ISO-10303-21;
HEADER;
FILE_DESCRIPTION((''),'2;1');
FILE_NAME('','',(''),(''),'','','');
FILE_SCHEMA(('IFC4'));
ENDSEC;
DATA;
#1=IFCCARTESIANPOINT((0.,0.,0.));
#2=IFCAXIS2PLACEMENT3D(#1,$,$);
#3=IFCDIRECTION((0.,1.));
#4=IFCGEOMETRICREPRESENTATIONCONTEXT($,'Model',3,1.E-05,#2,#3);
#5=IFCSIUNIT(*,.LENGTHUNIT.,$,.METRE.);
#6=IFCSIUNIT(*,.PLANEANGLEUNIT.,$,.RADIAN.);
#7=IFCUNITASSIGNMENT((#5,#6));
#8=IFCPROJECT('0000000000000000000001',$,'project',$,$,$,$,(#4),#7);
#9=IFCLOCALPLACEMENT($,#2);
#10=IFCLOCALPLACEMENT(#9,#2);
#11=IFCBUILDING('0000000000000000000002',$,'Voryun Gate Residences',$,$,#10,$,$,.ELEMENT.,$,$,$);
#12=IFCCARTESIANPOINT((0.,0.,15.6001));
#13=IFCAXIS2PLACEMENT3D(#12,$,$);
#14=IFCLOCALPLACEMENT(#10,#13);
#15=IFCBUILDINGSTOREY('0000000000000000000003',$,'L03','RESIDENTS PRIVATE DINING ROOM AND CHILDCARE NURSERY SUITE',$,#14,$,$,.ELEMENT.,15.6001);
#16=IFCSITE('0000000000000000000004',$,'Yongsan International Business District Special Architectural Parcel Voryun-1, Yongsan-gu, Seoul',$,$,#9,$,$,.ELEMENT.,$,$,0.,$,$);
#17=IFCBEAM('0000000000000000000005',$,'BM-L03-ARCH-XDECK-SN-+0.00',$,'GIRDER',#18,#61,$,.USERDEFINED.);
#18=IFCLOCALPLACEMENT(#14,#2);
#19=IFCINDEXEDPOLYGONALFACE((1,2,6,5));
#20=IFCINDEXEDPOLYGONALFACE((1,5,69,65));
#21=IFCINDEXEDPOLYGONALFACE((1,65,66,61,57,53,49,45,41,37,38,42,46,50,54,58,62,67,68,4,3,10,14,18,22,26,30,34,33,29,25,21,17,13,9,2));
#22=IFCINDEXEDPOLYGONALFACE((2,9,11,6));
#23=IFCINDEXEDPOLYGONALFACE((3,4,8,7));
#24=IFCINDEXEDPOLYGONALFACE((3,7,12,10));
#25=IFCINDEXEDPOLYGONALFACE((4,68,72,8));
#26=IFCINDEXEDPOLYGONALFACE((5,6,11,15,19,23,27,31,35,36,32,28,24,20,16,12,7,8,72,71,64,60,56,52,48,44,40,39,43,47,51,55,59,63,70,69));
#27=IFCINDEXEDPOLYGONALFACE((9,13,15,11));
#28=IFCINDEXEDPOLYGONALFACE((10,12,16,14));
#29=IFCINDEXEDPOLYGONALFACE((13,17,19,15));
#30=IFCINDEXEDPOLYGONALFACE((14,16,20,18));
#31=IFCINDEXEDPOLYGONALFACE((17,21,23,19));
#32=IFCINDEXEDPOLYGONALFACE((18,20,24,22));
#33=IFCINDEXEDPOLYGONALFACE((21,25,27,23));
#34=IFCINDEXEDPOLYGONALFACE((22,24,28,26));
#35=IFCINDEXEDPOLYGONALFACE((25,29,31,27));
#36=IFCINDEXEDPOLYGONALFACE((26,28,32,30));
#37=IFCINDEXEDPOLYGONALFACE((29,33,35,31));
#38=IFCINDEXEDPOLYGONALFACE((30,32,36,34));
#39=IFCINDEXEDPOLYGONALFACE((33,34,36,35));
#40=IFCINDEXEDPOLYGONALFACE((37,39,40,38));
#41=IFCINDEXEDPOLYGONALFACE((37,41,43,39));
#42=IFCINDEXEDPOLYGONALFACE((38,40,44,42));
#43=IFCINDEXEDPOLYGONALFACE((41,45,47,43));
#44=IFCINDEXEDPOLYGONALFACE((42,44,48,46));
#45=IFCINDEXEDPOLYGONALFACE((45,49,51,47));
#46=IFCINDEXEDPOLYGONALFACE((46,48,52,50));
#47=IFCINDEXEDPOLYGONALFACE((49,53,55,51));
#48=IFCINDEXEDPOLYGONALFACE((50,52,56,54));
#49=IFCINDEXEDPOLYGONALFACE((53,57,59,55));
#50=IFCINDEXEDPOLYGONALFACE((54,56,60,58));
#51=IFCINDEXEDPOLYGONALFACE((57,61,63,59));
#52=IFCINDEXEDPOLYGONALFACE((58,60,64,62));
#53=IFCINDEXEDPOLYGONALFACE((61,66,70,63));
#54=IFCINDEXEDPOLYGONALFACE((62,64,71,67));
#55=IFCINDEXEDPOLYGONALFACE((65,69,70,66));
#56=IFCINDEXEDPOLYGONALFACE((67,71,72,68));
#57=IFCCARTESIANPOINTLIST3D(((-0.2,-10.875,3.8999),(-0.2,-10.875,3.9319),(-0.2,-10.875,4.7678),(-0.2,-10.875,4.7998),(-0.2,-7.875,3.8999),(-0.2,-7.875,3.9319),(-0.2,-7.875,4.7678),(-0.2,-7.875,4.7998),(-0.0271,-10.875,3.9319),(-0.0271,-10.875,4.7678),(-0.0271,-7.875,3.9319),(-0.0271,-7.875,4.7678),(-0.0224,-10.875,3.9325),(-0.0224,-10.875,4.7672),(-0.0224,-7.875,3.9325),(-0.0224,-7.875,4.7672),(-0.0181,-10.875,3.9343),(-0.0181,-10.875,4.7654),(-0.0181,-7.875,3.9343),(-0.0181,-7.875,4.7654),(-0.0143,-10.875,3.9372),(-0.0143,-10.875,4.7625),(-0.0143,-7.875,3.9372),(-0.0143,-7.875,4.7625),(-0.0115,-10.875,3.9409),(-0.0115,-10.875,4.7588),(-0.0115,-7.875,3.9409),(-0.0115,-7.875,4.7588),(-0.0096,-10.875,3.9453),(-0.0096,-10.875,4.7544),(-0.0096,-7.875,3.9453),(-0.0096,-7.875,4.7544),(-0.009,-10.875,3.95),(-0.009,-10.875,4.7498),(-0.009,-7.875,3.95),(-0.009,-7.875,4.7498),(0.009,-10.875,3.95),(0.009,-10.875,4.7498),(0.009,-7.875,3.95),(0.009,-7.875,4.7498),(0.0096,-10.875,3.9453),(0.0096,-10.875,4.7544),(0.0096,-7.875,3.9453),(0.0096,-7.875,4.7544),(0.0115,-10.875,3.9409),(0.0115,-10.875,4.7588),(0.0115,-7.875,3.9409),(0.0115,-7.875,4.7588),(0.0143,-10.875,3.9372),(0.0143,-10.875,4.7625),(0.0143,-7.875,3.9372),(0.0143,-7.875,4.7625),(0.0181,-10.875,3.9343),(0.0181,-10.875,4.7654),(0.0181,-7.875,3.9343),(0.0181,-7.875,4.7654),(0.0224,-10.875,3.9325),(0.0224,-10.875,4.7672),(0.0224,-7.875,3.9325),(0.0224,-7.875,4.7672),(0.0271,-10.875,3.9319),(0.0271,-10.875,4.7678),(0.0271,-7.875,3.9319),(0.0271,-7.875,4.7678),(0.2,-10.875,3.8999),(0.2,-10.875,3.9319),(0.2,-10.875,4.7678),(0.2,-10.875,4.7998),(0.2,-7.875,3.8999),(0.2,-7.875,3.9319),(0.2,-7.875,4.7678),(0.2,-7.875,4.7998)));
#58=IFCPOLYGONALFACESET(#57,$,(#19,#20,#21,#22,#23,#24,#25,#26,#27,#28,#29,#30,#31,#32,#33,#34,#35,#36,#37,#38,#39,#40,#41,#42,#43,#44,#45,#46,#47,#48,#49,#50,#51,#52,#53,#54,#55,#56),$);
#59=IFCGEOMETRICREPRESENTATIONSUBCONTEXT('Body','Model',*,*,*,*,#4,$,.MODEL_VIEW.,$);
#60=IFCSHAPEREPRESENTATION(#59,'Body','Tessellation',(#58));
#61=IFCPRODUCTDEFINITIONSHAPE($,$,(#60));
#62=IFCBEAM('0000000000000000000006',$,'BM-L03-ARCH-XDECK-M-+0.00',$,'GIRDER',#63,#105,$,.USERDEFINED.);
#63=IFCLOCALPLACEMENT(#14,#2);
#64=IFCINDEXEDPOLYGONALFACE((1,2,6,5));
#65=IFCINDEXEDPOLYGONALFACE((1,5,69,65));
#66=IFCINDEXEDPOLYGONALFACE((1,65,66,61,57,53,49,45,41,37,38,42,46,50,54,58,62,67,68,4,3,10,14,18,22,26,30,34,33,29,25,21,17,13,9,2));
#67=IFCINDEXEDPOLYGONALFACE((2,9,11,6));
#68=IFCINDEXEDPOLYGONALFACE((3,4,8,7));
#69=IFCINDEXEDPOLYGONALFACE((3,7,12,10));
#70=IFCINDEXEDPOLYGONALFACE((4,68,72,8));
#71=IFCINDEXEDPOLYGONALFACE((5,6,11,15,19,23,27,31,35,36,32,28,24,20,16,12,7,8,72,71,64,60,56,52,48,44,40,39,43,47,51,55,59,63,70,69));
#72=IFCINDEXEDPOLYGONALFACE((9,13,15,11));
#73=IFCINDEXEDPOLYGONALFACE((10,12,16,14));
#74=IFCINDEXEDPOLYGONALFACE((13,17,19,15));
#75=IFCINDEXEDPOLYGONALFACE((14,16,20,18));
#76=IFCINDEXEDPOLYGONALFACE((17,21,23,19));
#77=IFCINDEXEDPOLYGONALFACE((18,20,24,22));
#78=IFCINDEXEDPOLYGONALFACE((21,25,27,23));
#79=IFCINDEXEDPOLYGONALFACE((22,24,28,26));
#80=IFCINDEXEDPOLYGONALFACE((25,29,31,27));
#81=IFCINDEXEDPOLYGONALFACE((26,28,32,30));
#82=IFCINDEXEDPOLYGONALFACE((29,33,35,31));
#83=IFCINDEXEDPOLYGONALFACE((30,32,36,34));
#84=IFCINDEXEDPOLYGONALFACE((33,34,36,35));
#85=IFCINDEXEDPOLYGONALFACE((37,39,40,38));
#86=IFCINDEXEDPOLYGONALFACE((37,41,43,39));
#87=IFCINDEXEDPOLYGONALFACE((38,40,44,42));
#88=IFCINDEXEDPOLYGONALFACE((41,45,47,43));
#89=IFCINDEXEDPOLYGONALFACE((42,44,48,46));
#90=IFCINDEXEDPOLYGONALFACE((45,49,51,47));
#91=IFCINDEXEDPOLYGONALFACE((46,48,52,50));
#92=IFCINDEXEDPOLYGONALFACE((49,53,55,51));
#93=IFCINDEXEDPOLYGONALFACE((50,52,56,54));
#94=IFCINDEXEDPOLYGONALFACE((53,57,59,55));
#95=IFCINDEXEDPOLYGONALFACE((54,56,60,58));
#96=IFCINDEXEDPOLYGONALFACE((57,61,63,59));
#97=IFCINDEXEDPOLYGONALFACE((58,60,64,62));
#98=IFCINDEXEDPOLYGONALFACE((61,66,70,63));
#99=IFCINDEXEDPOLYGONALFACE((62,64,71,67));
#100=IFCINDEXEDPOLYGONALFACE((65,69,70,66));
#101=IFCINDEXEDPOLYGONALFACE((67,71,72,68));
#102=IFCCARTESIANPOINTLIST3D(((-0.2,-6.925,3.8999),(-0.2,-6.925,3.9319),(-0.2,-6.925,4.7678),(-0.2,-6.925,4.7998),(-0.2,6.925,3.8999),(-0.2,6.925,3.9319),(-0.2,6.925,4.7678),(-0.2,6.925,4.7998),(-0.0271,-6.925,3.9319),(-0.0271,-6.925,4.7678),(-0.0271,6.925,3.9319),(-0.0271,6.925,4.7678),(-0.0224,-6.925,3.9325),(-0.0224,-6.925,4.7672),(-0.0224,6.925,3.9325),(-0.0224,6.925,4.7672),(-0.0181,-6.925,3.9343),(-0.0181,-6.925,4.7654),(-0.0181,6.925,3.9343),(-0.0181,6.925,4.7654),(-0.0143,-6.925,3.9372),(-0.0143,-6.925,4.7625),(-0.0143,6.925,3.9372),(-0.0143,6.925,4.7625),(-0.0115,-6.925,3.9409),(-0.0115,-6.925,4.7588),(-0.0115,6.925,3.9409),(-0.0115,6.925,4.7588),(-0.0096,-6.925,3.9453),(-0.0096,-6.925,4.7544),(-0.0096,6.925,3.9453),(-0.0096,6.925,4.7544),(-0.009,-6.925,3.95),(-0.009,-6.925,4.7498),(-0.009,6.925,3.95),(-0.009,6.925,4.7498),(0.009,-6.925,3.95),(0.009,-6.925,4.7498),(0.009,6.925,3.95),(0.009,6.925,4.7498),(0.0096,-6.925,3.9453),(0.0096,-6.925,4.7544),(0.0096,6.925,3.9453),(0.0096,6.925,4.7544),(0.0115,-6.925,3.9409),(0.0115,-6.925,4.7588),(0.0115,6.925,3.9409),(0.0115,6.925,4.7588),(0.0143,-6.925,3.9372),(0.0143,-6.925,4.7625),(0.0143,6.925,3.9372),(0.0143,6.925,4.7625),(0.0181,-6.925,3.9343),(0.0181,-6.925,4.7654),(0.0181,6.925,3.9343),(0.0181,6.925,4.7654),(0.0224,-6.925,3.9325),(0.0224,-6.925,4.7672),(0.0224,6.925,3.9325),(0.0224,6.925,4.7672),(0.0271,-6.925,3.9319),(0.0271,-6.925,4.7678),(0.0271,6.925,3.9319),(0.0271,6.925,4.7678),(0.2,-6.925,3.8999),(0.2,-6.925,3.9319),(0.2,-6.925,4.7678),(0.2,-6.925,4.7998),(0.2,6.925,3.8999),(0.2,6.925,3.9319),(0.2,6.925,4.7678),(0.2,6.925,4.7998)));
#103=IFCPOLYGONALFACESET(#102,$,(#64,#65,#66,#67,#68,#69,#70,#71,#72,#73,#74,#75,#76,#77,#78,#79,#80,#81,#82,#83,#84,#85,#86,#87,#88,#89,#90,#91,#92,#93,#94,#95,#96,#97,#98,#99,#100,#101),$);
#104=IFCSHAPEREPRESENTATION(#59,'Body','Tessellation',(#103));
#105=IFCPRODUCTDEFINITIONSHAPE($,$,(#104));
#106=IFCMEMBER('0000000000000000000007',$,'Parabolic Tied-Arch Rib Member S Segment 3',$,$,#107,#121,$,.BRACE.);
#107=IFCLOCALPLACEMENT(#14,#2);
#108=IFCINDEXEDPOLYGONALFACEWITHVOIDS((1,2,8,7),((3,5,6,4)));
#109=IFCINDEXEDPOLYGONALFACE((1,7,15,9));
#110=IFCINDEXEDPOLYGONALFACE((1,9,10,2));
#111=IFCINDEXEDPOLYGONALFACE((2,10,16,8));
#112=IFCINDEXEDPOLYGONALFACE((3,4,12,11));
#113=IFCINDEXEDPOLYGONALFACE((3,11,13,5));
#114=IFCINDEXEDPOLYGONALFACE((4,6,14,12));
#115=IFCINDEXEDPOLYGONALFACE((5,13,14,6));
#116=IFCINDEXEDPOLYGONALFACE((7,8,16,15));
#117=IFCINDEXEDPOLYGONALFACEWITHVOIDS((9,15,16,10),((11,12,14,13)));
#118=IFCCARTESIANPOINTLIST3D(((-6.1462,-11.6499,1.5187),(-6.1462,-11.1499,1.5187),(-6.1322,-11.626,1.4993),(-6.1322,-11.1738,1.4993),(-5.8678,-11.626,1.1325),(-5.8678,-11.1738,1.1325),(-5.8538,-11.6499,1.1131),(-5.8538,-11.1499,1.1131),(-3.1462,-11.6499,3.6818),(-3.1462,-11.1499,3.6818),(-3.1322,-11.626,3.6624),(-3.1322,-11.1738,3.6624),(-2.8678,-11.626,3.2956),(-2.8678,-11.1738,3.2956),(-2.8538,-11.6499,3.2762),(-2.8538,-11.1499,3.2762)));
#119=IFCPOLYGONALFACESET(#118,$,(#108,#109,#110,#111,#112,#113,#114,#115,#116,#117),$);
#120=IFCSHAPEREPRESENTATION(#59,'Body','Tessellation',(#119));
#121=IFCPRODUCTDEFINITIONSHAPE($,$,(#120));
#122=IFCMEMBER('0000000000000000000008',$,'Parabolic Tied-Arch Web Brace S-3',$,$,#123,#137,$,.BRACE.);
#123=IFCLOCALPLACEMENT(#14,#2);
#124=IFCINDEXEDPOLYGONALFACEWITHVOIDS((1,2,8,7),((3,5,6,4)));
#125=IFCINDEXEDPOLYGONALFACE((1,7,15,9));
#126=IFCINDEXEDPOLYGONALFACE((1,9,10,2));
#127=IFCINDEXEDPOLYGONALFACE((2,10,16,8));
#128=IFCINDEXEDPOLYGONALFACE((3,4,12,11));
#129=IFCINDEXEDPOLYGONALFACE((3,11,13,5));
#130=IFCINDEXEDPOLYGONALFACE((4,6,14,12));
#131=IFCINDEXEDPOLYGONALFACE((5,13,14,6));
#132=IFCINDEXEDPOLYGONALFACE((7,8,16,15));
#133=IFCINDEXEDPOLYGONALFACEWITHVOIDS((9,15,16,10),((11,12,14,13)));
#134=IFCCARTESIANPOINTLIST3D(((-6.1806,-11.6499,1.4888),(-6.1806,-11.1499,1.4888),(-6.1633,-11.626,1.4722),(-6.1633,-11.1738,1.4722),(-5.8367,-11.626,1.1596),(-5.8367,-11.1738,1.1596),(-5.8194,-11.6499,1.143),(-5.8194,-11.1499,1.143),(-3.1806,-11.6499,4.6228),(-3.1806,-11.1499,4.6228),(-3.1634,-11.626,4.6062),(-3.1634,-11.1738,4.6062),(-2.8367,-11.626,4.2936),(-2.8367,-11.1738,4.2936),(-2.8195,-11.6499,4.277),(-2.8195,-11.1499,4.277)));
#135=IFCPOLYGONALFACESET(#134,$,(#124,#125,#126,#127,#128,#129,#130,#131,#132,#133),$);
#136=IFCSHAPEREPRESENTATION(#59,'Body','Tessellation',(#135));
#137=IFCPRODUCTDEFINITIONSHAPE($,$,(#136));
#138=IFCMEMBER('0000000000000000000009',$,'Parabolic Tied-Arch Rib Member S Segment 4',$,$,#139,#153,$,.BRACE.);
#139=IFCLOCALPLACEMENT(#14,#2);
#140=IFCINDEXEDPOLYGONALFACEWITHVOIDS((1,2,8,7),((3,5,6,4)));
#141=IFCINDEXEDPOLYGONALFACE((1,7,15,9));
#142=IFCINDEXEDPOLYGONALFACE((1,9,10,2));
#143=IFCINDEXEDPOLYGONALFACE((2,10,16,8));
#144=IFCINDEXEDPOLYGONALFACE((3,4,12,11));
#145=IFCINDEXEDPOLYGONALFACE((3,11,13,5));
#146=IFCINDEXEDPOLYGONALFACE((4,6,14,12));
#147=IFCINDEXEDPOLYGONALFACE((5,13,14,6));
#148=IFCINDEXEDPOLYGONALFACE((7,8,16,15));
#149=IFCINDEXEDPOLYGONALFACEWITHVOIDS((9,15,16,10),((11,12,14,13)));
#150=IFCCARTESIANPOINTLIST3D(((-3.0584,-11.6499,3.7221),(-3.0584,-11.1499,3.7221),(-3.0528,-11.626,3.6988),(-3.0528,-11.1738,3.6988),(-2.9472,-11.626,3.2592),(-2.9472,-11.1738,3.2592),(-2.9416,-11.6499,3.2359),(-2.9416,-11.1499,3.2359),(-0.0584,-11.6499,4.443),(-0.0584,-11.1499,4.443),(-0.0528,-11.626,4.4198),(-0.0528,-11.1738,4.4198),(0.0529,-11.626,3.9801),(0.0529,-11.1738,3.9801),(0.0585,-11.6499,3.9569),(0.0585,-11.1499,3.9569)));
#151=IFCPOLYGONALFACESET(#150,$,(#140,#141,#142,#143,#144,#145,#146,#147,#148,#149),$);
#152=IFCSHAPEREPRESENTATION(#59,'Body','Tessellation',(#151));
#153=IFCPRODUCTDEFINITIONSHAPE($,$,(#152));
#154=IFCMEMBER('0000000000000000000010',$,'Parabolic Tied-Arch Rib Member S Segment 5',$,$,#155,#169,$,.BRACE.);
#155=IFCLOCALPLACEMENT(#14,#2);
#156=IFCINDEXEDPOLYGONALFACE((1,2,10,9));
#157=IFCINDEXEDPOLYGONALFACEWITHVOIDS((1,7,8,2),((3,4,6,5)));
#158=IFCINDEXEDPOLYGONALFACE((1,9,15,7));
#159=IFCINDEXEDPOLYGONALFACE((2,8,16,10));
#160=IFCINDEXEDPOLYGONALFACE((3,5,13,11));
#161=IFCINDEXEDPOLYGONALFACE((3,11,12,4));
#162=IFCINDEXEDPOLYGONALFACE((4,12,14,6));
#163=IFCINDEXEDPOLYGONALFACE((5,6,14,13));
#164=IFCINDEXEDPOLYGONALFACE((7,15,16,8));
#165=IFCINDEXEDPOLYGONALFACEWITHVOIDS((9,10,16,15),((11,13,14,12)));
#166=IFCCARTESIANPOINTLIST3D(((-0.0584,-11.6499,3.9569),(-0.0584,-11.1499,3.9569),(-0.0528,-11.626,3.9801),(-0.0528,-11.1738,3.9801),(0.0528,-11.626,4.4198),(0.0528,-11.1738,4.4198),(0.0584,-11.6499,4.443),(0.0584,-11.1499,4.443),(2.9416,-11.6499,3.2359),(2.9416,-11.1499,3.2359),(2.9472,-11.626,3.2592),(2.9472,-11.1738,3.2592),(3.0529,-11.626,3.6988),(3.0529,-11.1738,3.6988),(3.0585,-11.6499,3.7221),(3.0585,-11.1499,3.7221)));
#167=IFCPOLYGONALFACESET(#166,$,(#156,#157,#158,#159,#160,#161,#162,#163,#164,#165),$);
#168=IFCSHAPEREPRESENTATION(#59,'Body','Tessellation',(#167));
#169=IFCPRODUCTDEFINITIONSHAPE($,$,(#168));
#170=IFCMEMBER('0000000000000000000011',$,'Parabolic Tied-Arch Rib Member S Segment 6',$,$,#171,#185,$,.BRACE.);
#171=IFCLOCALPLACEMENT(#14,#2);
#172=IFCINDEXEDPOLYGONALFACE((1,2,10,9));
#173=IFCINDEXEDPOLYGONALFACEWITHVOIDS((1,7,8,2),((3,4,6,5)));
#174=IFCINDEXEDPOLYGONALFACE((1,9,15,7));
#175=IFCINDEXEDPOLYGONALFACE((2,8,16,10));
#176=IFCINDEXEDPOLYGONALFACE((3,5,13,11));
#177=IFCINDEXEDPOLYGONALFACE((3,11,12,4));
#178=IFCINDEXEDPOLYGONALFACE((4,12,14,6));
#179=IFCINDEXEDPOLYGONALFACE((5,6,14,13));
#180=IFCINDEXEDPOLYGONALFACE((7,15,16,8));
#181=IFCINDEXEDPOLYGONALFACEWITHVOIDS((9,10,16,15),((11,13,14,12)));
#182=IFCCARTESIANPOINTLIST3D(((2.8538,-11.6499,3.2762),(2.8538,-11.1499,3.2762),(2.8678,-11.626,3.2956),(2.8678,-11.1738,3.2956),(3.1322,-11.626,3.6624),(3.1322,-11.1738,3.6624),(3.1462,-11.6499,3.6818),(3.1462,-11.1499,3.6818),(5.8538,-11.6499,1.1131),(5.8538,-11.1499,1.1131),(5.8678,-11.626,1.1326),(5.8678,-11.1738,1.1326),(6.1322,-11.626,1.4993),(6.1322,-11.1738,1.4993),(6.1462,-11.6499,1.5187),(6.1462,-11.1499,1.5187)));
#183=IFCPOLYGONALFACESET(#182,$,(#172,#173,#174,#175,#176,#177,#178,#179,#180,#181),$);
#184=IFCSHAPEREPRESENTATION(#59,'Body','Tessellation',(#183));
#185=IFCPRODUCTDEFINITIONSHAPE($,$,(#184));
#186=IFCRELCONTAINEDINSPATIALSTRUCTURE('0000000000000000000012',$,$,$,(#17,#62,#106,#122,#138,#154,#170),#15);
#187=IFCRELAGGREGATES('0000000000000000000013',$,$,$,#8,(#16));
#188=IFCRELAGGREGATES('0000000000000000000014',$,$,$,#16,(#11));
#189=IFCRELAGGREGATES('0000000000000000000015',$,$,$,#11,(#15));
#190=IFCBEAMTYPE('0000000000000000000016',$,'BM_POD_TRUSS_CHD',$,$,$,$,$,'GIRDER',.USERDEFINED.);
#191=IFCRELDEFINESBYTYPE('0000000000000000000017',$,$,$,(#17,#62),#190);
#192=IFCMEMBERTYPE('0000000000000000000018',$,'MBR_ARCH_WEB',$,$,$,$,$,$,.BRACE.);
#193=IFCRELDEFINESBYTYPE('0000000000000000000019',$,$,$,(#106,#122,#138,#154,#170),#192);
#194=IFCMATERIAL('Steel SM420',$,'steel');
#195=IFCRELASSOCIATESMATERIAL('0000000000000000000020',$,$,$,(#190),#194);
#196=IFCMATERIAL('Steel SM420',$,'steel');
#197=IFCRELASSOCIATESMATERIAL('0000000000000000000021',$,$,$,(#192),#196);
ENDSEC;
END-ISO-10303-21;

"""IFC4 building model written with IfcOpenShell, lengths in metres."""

from ifc_helpers import new_model, si_unit, direction, frame, origin, origin_2d, place, context, subcontext, project, spatial, hollow_rectangle, i_section, extrude, material, material_profile, profile_set, type_object, element, save


model = new_model("IFC4")

# Units and contexts
model_context = context("Model", 3, precision=1e-05, world=origin(), true_north=direction((0.0, 1.0)))
body_context = subcontext(model_context, "Body", "Model", "MODEL_VIEW")
ifc_project = project(units=[si_unit("LENGTHUNIT", "METRE"), si_unit("PLANEANGLEUNIT", "RADIAN")], contexts=[model_context])

# Site, building, storey
site_placement = place(None, origin())
site = spatial("IfcSite", under=ifc_project, at=site_placement, Name="Yongsan International Business District Special Architectural Parcel Voryun-1, Yongsan-gu, Seoul", CompositionType="ELEMENT", RefElevation=0.0)
building_placement = place(site_placement, origin())
building = spatial("IfcBuilding", under=site, at=building_placement, Name="Voryun Gate Residences", CompositionType="ELEMENT")
storey_placement = place(building_placement, frame((0.0, 0.0, 15.6001)))
storey = spatial("IfcBuildingStorey", under=building, at=storey_placement, Name="L03", Description="RESIDENTS PRIVATE DINING ROOM AND CHILDCARE NURSERY SUITE", CompositionType="ELEMENT", Elevation=15.6001)

# Beams
ifc_material_1 = material(Name="Steel SM420", Category="steel")
ifc_material_profile_1 = material_profile(ifc_material_1, i_section(OverallWidth=0.3999, OverallDepth=0.8999, WebThickness=0.0181, FlangeThickness=0.032, FilletRadius=0.0181, at=origin_2d()), Name="H-900x400x18x32")
ifc_profile_set_1 = profile_set([ifc_material_profile_1], Name="Steel SM420")
beam_type_1 = type_object("IfcBeamType", Name="BM_POD_TRUSS_CHD", ElementType="GIRDER", PredefinedType="USERDEFINED", material=ifc_profile_set_1)
beam_1_placement = place(storey_placement, frame((0.0, -10.875, 4.3499), z_axis=(0.0, 1.0, 0.0), x_axis=(-1.0, 0.0, 0.0)))
element("IfcBeam", 1, at=beam_1_placement, inside=storey, type_object=beam_type_1, Name="BM-L03-ARCH-XDECK-SN-+0.00", ObjectType="GIRDER", PredefinedType="USERDEFINED", context=body_context, shape_type="SweptSolid", body=[
    extrude(i_section(OverallWidth=0.3999, OverallDepth=0.8999, WebThickness=0.0181, FlangeThickness=0.032, FilletRadius=0.0181, at=origin_2d()), origin(), (0.0, 0.0, 1.0), 3.0),
])
beam_2_placement = place(storey_placement, frame((0.0, -6.925, 4.3499), z_axis=(0.0, 1.0, 0.0), x_axis=(-1.0, 0.0, 0.0)))
element("IfcBeam", 2, at=beam_2_placement, inside=storey, type_object=beam_type_1, Name="BM-L03-ARCH-XDECK-M-+0.00", ObjectType="GIRDER", PredefinedType="USERDEFINED", context=body_context, shape_type="SweptSolid", body=[
    extrude(i_section(OverallWidth=0.3999, OverallDepth=0.8999, WebThickness=0.0181, FlangeThickness=0.032, FilletRadius=0.0181, at=origin_2d()), origin(), (0.0, 0.0, 1.0), 13.8501),
])

# Members
ifc_material_2 = material(Name="Steel SM420", Category="steel")
ifc_material_profile_2 = material_profile(ifc_material_2, hollow_rectangle(XDim=0.5, YDim=0.5, WallThickness=0.0239, at=origin_2d()), Name="BOX-500x500x24")
ifc_profile_set_2 = profile_set([ifc_material_profile_2], Name="Steel SM420")
member_type = type_object("IfcMemberType", Name="MBR_ARCH_WEB", PredefinedType="BRACE", material=ifc_profile_set_2)
member_1_placement = place(storey_placement, frame((-6.0, -11.3999, 1.3159), z_axis=(0.811139, 0.0, 0.584854), x_axis=(0.0, 1.0, 0.0)))
element("IfcMember", 3, at=member_1_placement, inside=storey, type_object=member_type, Name="Parabolic Tied-Arch Rib Member S Segment 3", PredefinedType="BRACE", context=body_context, shape_type="SweptSolid", body=[
    extrude(hollow_rectangle(XDim=0.5, YDim=0.5, WallThickness=0.0239, at=origin_2d()), origin(), (0.0, 0.0, 1.0), 3.6985),
])
member_2_placement = place(storey_placement, frame((-6.0, -11.3999, 1.3159), z_axis=(0.691491, 0.0, 0.722385), x_axis=(0.0, 1.0, 0.0)))
element("IfcMember", 4, at=member_2_placement, inside=storey, type_object=member_type, Name="Parabolic Tied-Arch Web Brace S-3", PredefinedType="BRACE", context=body_context, shape_type="SweptSolid", body=[
    extrude(hollow_rectangle(XDim=0.5, YDim=0.5, WallThickness=0.0239, at=origin_2d()), origin(), (0.0, 0.0, 1.0), 4.3384),
])
for number, where, z_axis, x_axis, name in (
    (5, (-3.0, -11.3999, 3.479), (0.972318, 0.0, 0.233663), (0.0, 1.0, 0.0), "Parabolic Tied-Arch Rib Member S Segment 4"),
    (6, (0.0, -11.3999, 4.2), (0.972318, 0.0, -0.233663), (0.0, 1.0, 0.0), "Parabolic Tied-Arch Rib Member S Segment 5"),
):
    element("IfcMember", number, at=place(storey_placement, frame(where, z_axis=z_axis, x_axis=x_axis)), inside=storey, type_object=member_type, Name=name, PredefinedType="BRACE", context=body_context, shape_type="SweptSolid", body=[
        extrude(hollow_rectangle(XDim=0.5, YDim=0.5, WallThickness=0.0239, at=origin_2d()), origin(), (0.0, 0.0, 1.0), 3.0854),
    ])
member_3_placement = place(storey_placement, frame((3.0, -11.3999, 3.479), z_axis=(0.811139, 0.0, -0.584854), x_axis=(0.0, 1.0, 0.0)))
element("IfcMember", 7, at=member_3_placement, inside=storey, type_object=member_type, Name="Parabolic Tied-Arch Rib Member S Segment 6", PredefinedType="BRACE", context=body_context, shape_type="SweptSolid", body=[
    extrude(hollow_rectangle(XDim=0.5, YDim=0.5, WallThickness=0.0239, at=origin_2d()), origin(), (0.0, 0.0, 1.0), 3.6985),
])

save(model, "model.ifc")
